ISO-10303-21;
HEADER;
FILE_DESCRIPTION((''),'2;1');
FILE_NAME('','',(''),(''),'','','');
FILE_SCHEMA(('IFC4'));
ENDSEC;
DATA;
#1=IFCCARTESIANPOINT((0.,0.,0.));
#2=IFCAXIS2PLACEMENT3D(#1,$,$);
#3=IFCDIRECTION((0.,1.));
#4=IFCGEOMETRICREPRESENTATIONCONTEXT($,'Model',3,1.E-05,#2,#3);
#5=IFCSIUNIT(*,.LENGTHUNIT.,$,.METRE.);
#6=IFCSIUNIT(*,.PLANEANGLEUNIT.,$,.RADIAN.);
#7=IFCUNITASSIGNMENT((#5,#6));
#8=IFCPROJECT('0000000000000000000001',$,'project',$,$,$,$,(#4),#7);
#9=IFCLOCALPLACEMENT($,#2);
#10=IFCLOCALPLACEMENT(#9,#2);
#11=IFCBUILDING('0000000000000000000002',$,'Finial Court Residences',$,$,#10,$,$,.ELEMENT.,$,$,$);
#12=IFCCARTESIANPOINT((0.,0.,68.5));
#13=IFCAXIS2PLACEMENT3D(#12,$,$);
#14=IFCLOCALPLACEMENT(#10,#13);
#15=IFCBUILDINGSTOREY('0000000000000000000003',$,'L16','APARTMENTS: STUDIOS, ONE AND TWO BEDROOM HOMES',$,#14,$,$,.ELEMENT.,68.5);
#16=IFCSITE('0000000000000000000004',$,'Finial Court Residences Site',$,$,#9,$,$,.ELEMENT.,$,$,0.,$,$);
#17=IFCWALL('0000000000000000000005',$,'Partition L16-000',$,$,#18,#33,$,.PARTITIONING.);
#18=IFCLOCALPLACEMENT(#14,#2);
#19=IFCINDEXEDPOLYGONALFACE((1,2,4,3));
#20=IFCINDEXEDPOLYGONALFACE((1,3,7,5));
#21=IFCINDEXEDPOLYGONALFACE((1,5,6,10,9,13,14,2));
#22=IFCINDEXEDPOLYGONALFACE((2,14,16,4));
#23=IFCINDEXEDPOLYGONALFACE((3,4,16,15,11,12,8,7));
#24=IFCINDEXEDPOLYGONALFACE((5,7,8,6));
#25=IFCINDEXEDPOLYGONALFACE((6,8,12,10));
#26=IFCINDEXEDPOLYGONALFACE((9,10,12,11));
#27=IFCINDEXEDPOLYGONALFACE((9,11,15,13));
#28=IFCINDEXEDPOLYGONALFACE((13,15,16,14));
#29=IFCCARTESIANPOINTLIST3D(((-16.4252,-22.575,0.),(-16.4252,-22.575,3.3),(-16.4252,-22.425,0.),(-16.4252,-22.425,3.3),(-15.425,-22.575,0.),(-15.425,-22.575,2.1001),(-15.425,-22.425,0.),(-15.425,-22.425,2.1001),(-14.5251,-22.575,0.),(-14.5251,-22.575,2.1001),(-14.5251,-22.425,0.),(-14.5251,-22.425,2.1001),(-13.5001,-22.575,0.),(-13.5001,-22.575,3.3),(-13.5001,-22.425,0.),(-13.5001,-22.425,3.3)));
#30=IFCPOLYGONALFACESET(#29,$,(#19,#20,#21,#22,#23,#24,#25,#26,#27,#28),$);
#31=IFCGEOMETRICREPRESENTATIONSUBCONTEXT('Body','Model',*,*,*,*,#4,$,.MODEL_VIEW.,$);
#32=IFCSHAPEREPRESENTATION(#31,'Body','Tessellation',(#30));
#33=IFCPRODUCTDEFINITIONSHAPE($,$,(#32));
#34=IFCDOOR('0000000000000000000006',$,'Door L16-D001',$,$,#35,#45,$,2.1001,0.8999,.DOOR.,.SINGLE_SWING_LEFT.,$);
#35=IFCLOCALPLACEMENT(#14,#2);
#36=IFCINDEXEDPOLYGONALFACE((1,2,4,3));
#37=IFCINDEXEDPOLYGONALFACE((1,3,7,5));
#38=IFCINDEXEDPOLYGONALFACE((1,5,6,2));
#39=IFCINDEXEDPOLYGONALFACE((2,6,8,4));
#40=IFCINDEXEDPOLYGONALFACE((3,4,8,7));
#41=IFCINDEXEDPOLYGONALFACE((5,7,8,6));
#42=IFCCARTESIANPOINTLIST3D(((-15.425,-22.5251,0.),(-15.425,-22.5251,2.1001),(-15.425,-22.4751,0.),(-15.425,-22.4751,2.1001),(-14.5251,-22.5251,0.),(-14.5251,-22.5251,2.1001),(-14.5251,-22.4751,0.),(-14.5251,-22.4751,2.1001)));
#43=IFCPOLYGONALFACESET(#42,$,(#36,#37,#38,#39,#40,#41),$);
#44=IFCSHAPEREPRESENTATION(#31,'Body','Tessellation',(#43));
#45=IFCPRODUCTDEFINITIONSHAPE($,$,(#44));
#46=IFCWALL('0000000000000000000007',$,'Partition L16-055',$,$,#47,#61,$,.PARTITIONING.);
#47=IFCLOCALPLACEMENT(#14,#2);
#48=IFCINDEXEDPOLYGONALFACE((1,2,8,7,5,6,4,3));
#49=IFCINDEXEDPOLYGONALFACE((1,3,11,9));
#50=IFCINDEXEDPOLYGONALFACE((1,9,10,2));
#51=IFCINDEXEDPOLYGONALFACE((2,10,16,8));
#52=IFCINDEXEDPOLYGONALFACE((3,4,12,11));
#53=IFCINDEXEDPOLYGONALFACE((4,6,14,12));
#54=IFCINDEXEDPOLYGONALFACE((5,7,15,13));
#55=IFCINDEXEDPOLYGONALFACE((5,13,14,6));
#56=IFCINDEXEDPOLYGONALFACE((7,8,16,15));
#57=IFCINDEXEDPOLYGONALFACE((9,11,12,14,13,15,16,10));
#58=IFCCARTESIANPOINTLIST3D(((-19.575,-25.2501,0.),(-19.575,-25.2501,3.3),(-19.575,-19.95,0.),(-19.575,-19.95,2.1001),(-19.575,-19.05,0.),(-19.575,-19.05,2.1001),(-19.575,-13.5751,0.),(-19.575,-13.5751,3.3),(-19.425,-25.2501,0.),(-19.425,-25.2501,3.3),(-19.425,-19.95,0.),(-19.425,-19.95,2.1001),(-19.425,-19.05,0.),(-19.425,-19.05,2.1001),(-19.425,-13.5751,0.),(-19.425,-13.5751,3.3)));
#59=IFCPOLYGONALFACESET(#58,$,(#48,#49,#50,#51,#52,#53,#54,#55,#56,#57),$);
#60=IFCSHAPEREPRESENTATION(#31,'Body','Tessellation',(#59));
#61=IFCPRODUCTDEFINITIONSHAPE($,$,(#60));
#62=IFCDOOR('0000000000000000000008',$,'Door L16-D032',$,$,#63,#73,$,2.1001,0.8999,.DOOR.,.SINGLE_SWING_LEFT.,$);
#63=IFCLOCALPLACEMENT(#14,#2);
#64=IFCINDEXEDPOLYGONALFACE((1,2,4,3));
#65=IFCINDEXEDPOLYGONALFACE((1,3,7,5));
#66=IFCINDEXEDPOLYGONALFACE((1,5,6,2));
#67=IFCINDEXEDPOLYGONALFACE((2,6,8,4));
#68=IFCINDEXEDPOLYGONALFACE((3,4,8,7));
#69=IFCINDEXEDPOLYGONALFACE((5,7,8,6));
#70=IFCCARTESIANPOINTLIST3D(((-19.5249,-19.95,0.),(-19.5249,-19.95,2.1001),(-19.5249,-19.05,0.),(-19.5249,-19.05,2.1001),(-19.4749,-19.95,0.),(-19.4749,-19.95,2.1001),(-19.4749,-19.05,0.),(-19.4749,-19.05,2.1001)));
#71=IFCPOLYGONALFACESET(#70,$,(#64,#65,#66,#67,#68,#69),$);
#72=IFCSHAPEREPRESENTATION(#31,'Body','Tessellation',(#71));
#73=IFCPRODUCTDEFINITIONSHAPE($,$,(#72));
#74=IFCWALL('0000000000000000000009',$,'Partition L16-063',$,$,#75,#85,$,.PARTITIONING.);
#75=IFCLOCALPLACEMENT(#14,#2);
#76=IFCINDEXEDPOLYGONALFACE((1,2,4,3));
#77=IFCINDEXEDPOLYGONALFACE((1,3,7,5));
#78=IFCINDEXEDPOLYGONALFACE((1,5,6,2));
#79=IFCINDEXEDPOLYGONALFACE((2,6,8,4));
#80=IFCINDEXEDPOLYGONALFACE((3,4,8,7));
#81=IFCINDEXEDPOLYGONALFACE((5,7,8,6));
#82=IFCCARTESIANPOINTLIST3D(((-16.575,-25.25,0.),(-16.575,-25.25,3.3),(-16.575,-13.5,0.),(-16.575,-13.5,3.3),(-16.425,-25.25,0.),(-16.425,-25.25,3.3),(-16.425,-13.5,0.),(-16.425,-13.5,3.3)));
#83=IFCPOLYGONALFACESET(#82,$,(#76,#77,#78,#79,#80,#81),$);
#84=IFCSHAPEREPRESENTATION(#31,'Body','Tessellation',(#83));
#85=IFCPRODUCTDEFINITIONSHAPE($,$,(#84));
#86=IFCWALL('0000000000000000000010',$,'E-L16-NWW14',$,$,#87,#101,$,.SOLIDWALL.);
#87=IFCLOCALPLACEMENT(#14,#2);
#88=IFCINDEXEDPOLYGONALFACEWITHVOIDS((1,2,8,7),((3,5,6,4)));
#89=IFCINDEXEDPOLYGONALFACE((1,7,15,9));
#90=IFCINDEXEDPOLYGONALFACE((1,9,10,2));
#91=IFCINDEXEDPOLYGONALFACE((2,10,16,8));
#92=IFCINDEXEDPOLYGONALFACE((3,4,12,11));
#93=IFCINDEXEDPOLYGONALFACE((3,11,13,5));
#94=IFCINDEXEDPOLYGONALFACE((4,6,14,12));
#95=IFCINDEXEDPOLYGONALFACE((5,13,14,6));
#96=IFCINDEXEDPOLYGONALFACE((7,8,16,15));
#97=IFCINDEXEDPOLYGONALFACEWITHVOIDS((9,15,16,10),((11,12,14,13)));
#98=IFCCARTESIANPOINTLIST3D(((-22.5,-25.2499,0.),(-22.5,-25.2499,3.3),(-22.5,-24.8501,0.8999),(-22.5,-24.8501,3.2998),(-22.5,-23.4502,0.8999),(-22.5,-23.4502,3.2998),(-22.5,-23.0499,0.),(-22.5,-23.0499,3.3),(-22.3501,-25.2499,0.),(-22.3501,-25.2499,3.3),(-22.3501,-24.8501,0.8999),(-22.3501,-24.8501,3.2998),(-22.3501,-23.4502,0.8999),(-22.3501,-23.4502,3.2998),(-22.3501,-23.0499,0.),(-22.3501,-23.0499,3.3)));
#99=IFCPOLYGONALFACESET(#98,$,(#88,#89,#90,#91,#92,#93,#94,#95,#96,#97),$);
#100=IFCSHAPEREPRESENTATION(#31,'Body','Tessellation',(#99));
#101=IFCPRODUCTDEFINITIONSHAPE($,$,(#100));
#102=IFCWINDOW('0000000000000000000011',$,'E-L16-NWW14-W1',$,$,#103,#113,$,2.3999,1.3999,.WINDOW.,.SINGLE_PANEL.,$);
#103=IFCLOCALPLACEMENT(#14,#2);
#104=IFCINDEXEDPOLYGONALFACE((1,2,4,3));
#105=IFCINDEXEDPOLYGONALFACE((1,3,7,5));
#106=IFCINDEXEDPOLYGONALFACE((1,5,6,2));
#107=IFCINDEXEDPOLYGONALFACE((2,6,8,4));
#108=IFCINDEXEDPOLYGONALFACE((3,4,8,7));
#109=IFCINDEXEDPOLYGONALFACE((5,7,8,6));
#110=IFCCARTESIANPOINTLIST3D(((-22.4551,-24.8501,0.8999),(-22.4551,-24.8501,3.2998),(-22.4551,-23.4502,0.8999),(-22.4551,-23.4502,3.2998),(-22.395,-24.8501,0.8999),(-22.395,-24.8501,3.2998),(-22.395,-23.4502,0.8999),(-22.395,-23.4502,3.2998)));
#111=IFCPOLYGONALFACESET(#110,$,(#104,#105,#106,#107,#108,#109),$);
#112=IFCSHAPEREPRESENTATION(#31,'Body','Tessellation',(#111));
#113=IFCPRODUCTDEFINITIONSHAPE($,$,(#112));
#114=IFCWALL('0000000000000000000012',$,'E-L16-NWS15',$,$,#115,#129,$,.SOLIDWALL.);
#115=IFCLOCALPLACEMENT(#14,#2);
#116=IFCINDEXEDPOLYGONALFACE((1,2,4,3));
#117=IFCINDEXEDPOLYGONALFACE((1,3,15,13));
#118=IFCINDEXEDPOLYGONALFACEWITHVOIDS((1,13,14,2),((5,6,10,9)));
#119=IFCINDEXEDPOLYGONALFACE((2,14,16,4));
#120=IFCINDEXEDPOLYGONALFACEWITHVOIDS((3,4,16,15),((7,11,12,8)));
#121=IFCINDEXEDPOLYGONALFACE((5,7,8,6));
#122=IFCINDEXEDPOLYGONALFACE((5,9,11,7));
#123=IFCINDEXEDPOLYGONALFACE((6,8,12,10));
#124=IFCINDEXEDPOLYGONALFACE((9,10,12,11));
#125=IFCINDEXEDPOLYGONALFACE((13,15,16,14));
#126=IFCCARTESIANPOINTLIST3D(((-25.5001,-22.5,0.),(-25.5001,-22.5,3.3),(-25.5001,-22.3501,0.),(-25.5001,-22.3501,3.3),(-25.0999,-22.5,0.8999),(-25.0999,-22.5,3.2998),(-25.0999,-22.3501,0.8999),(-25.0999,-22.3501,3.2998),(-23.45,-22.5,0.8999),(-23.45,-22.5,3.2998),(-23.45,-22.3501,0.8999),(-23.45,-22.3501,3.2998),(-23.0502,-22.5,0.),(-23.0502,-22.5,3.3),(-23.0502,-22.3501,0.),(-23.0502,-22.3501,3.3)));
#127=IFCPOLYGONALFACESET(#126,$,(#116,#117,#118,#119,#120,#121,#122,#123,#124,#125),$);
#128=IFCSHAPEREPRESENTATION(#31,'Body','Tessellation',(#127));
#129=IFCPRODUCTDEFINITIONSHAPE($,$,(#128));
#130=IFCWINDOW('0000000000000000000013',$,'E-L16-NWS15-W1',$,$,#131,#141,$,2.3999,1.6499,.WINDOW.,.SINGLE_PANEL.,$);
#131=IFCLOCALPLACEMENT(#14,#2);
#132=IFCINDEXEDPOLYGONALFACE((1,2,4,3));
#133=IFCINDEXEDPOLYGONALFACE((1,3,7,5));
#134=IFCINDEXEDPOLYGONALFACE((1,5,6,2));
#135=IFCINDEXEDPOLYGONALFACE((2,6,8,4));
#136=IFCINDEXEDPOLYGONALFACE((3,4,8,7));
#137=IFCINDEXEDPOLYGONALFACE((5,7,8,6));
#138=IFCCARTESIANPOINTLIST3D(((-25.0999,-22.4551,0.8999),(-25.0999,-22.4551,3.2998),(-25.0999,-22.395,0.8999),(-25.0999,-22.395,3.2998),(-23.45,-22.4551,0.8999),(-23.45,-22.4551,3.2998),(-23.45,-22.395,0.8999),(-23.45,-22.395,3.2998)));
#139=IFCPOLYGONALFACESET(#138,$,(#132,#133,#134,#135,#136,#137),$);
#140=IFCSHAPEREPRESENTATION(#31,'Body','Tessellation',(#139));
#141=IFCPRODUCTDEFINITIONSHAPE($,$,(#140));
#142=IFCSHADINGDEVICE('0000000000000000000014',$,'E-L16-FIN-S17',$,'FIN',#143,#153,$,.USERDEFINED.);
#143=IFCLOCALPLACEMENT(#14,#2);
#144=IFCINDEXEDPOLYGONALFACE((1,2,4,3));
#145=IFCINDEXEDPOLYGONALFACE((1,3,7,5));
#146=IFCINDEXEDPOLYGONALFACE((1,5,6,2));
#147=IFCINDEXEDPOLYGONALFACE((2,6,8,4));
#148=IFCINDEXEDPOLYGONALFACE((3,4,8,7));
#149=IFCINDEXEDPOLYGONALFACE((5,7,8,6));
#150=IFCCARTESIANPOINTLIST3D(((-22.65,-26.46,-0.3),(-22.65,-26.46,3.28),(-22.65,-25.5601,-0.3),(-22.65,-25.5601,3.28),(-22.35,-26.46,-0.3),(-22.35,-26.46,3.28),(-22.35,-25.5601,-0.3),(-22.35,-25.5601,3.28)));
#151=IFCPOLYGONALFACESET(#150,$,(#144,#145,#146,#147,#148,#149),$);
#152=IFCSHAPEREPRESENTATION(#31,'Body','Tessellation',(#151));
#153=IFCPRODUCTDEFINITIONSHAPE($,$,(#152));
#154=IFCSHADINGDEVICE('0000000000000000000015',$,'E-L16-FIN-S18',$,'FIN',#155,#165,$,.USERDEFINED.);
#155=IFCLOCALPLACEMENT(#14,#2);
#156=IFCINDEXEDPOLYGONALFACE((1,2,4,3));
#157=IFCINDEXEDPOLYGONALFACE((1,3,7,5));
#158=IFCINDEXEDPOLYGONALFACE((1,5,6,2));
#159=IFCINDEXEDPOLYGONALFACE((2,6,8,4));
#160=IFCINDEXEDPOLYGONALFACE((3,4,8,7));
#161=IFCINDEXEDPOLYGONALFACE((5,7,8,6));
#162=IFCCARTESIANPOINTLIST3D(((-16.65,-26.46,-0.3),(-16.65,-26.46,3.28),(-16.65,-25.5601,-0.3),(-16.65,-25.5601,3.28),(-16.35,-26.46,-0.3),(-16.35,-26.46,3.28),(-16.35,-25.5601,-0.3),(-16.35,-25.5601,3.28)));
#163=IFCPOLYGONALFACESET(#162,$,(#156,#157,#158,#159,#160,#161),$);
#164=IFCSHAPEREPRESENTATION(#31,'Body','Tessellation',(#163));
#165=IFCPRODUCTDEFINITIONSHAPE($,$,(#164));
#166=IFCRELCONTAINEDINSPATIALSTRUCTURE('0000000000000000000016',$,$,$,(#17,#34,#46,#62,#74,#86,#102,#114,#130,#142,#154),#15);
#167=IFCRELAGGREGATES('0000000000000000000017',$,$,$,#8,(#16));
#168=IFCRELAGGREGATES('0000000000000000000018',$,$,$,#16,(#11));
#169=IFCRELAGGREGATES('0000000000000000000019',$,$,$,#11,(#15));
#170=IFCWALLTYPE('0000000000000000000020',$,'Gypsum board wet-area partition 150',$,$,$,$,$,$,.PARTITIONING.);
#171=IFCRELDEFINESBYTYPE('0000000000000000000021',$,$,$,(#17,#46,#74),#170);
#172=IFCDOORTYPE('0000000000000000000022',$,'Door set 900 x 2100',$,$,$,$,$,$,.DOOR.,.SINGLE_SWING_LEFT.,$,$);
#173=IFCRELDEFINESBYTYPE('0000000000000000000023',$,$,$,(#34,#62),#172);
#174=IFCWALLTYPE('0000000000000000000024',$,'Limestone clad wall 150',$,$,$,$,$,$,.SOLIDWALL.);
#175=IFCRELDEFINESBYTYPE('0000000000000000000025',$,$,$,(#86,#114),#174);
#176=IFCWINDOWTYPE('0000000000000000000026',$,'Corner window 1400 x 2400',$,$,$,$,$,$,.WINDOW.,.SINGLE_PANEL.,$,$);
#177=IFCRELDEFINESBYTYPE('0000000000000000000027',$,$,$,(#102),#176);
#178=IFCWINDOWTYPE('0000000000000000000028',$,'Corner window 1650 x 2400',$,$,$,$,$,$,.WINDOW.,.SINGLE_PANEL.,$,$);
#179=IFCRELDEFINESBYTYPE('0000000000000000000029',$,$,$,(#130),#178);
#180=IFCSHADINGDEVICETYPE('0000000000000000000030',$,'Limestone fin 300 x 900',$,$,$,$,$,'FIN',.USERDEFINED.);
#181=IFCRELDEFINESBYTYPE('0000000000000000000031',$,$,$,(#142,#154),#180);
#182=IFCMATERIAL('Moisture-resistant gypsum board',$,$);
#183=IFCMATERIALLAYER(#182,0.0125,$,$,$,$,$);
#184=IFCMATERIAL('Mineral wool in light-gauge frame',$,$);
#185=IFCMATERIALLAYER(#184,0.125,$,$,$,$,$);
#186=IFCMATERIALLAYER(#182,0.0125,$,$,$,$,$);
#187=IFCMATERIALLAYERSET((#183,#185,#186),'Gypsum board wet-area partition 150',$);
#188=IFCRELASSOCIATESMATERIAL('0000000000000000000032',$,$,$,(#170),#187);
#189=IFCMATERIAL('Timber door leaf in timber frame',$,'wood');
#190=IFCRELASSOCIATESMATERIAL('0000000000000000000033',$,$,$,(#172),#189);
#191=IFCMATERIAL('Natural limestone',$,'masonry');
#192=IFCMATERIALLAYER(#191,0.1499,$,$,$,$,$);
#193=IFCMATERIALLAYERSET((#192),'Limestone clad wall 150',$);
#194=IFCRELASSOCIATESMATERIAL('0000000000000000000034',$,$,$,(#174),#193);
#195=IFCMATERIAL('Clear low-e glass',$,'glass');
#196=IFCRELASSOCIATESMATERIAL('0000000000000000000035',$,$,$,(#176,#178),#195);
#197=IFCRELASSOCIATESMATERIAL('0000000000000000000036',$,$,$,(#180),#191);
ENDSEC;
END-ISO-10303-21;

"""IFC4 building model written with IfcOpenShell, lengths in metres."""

from ifc_helpers import new_model, si_unit, direction, frame, frame_2d, origin, origin_2d, place, context, subcontext, project, spatial, rectangle, extrude, material, layer, layer_set, type_object, element, fill, save


model = new_model("IFC4")

# Units and contexts
model_context = context("Model", 3, precision=1e-05, world=origin(), true_north=direction((0.0, 1.0)))
body_context = subcontext(model_context, "Body", "Model", "MODEL_VIEW")
ifc_project = project(units=[si_unit("LENGTHUNIT", "METRE"), si_unit("PLANEANGLEUNIT", "RADIAN")], contexts=[model_context])

# Site, building, storey
site_placement = place(None, origin())
site = spatial("IfcSite", under=ifc_project, at=site_placement, Name="Finial Court Residences Site", CompositionType="ELEMENT", RefElevation=0.0)
building_placement = place(site_placement, origin())
building = spatial("IfcBuilding", under=site, at=building_placement, Name="Finial Court Residences", CompositionType="ELEMENT")
storey_placement = place(building_placement, frame((0.0, 0.0, 68.5)))
storey = spatial("IfcBuildingStorey", under=building, at=storey_placement, Name="L16", Description="APARTMENTS: STUDIOS, ONE AND TWO BEDROOM HOMES", CompositionType="ELEMENT", Elevation=68.5)

# Shared definitions
ifc_material_1 = material(Name="Clear low-e glass", Category="glass")

# Walls, openings, doors
ifc_material_2 = material(Name="Moisture-resistant gypsum board")
ifc_layer_1 = layer(ifc_material_2, 0.0125)
ifc_material_3 = material(Name="Mineral wool in light-gauge frame")
ifc_layer_2 = layer(ifc_material_3, 0.125)
ifc_layer_3 = layer(ifc_material_2, 0.0125)
ifc_layer_set_1 = layer_set([ifc_layer_1, ifc_layer_2, ifc_layer_3], Name="Gypsum board wet-area partition 150")
wall_type_1 = type_object("IfcWallType", Name="Gypsum board wet-area partition 150", PredefinedType="PARTITIONING", material=ifc_layer_set_1)
wall_1_placement = place(storey_placement, frame((-16.425, -22.5, 0.0), z_axis=(0.0, 0.0, 1.0), x_axis=(1.0, 0.0, 0.0)))
wall_1 = element("IfcWall", 1, at=wall_1_placement, inside=storey, type_object=wall_type_1, Name="Partition L16-000", PredefinedType="PARTITIONING", context=body_context, shape_type="SweptSolid", body=[
    extrude(rectangle(XDim=2.925, YDim=0.1499, at=frame_2d((1.4624, 0.0))), origin(), (0.0, 0.0, 1.0), 3.3),
])
opening_1_placement = place(wall_1_placement, frame((1.0, 0.0, 0.0)))
opening_1 = element("IfcOpeningElement", 2, at=opening_1_placement, cuts=wall_1, PredefinedType="OPENING", context=body_context, shape_type="SweptSolid", body=[
    extrude(rectangle(XDim=0.8999, YDim=2.1001, at=frame_2d((0.45, 1.05))), frame((0.0, 0.085, 0.0), z_axis=(0.0, -1.0, 0.0), x_axis=(1.0, 0.0, 0.0)), (0.0, 0.0, 1.0), 0.1699),
])
ifc_material_4 = material(Name="Timber door leaf in timber frame", Category="wood")
door_type = type_object("IfcDoorType", Name="Door set 900 x 2100", OperationType="SINGLE_SWING_LEFT", PredefinedType="DOOR", material=ifc_material_4)
door_1_placement = place(opening_1_placement, origin())
door_1 = element("IfcDoor", 3, at=door_1_placement, inside=storey, type_object=door_type, Name="Door L16-D001", OperationType="SINGLE_SWING_LEFT", OverallHeight=2.1001, OverallWidth=0.8999, PredefinedType="DOOR", context=body_context, shape_type="SweptSolid", body=[
    extrude(rectangle(XDim=0.8999, YDim=2.1001, at=frame_2d((0.45, 1.05))), frame((0.0, 0.0249, 0.0), z_axis=(0.0, -1.0, 0.0), x_axis=(1.0, 0.0, 0.0)), (0.0, 0.0, 1.0), 0.05),
])
fill(opening_1, door_1)
wall_2_placement = place(storey_placement, frame((-19.5, -25.25, 0.0), z_axis=(0.0, 0.0, 1.0), x_axis=(0.0, 1.0, 0.0)))
wall_2 = element("IfcWall", 4, at=wall_2_placement, inside=storey, type_object=wall_type_1, Name="Partition L16-055", PredefinedType="PARTITIONING", context=body_context, shape_type="SweptSolid", body=[
    extrude(rectangle(XDim=11.675, YDim=0.1499, at=frame_2d((5.8374, 0.0))), origin(), (0.0, 0.0, 1.0), 3.3),
])
opening_2_placement = place(wall_2_placement, frame((5.3, 0.0, 0.0)))
opening_2 = element("IfcOpeningElement", 5, at=opening_2_placement, cuts=wall_2, PredefinedType="OPENING", context=body_context, shape_type="SweptSolid", body=[
    extrude(rectangle(XDim=0.8999, YDim=2.1001, at=frame_2d((0.45, 1.05))), frame((0.0, 0.085, 0.0), z_axis=(0.0, -1.0, 0.0), x_axis=(1.0, 0.0, 0.0)), (0.0, 0.0, 1.0), 0.1699),
])
door_2_placement = place(opening_2_placement, origin())
door_2 = element("IfcDoor", 6, at=door_2_placement, inside=storey, type_object=door_type, Name="Door L16-D032", OperationType="SINGLE_SWING_LEFT", OverallHeight=2.1001, OverallWidth=0.8999, PredefinedType="DOOR", context=body_context, shape_type="SweptSolid", body=[
    extrude(rectangle(XDim=0.8999, YDim=2.1001, at=frame_2d((0.45, 1.05))), frame((0.0, 0.0249, 0.0), z_axis=(0.0, -1.0, 0.0), x_axis=(1.0, 0.0, 0.0)), (0.0, 0.0, 1.0), 0.05),
])
fill(opening_2, door_2)

# Wall
wall_3_placement = place(storey_placement, frame((-16.5, -25.25, 0.0), z_axis=(0.0, 0.0, 1.0), x_axis=(0.0, 1.0, 0.0)))
element("IfcWall", 7, at=wall_3_placement, inside=storey, type_object=wall_type_1, Name="Partition L16-063", PredefinedType="PARTITIONING", context=body_context, shape_type="SweptSolid", body=[
    extrude(rectangle(XDim=11.75, YDim=0.1499, at=frame_2d((5.875, 0.0))), origin(), (0.0, 0.0, 1.0), 3.3),
])

# Walls, openings, windows
ifc_material_5 = material(Name="Natural limestone", Category="masonry")
ifc_layer_4 = layer(ifc_material_5, 0.1499)
ifc_layer_set_2 = layer_set([ifc_layer_4], Name="Limestone clad wall 150")
wall_type_2 = type_object("IfcWallType", Name="Limestone clad wall 150", PredefinedType="SOLIDWALL", material=ifc_layer_set_2)
wall_4_placement = place(storey_placement, frame((-22.425, -25.25, 0.0), z_axis=(0.0, 0.0, 1.0), x_axis=(0.0, 1.0, 0.0)))
wall_4 = element("IfcWall", 8, at=wall_4_placement, inside=storey, type_object=wall_type_2, Name="E-L16-NWW14", PredefinedType="SOLIDWALL", context=body_context, shape_type="SweptSolid", body=[
    extrude(rectangle(XDim=2.2, YDim=0.1499, at=frame_2d((1.1001, 0.0))), origin(), (0.0, 0.0, 1.0), 3.3),
])
opening_3_placement = place(wall_4_placement, frame((0.3999, 0.0, 0.8999)))
opening_3 = element("IfcOpeningElement", 9, at=opening_3_placement, cuts=wall_4, PredefinedType="OPENING", context=body_context, shape_type="SweptSolid", body=[
    extrude(rectangle(XDim=1.3999, YDim=2.3999, at=frame_2d((0.7, 1.2))), frame((0.0, 0.085, 0.0), z_axis=(0.0, -1.0, 0.0), x_axis=(1.0, 0.0, 0.0)), (0.0, 0.0, 1.0), 0.1699),
])
window_type_1 = type_object("IfcWindowType", Name="Corner window 1400 x 2400", PartitioningType="SINGLE_PANEL", PredefinedType="WINDOW", material=ifc_material_1)
window_1_placement = place(opening_3_placement, origin())
window_1 = element("IfcWindow", 10, at=window_1_placement, inside=storey, type_object=window_type_1, Name="E-L16-NWW14-W1", OverallHeight=2.3999, OverallWidth=1.3999, PartitioningType="SINGLE_PANEL", PredefinedType="WINDOW", context=body_context, shape_type="SweptSolid", body=[
    extrude(rectangle(XDim=1.3999, YDim=2.3999, at=frame_2d((0.7, 1.2))), frame((0.0, 0.03, 0.0), z_axis=(0.0, -1.0, 0.0), x_axis=(1.0, 0.0, 0.0)), (0.0, 0.0, 1.0), 0.0601),
])
fill(opening_3, window_1)
wall_5_placement = place(storey_placement, frame((-23.05, -22.425, 0.0), z_axis=(0.0, 0.0, 1.0), x_axis=(-1.0, 0.0, 0.0)))
wall_5 = element("IfcWall", 11, at=wall_5_placement, inside=storey, type_object=wall_type_2, Name="E-L16-NWS15", PredefinedType="SOLIDWALL", context=body_context, shape_type="SweptSolid", body=[
    extrude(rectangle(XDim=2.45, YDim=0.1499, at=frame_2d((1.2251, 0.0))), origin(), (0.0, 0.0, 1.0), 3.3),
])
opening_4_placement = place(wall_5_placement, frame((0.3999, 0.0, 0.8999)))
opening_4 = element("IfcOpeningElement", 12, at=opening_4_placement, cuts=wall_5, PredefinedType="OPENING", context=body_context, shape_type="SweptSolid", body=[
    extrude(rectangle(XDim=1.6499, YDim=2.3999, at=frame_2d((0.825, 1.2))), frame((0.0, 0.085, 0.0), z_axis=(0.0, -1.0, 0.0), x_axis=(1.0, 0.0, 0.0)), (0.0, 0.0, 1.0), 0.1699),
])
window_type_2 = type_object("IfcWindowType", Name="Corner window 1650 x 2400", PartitioningType="SINGLE_PANEL", PredefinedType="WINDOW", material=ifc_material_1)
window_2_placement = place(opening_4_placement, origin())
window_2 = element("IfcWindow", 13, at=window_2_placement, inside=storey, type_object=window_type_2, Name="E-L16-NWS15-W1", OverallHeight=2.3999, OverallWidth=1.6499, PartitioningType="SINGLE_PANEL", PredefinedType="WINDOW", context=body_context, shape_type="SweptSolid", body=[
    extrude(rectangle(XDim=1.6499, YDim=2.3999, at=frame_2d((0.825, 1.2))), frame((0.0, 0.03, 0.0), z_axis=(0.0, -1.0, 0.0), x_axis=(1.0, 0.0, 0.0)), (0.0, 0.0, 1.0), 0.0601),
])
fill(opening_4, window_2)

# Shading devices
shading_device_type = type_object("IfcShadingDeviceType", Name="Limestone fin 300 x 900", ElementType="FIN", PredefinedType="USERDEFINED", material=ifc_material_5)
for number, where, z_axis, x_axis, name in (
    (14, (-22.5, -26.01, -0.3), (0.0, 0.0, 1.0), (1.0, 0.0, 0.0), "E-L16-FIN-S17"),
    (15, (-16.5, -26.01, -0.3), (0.0, 0.0, 1.0), (1.0, 0.0, 0.0), "E-L16-FIN-S18"),
):
    element("IfcShadingDevice", number, at=place(storey_placement, frame(where, z_axis=z_axis, x_axis=x_axis)), inside=storey, type_object=shading_device_type, Name=name, ObjectType="FIN", PredefinedType="USERDEFINED", context=body_context, shape_type="SweptSolid", body=[
        extrude(rectangle(XDim=0.3, YDim=0.8999, at=origin_2d()), origin(), (0.0, 0.0, 1.0), 3.5801),
    ])

save(model, "model.ifc")
